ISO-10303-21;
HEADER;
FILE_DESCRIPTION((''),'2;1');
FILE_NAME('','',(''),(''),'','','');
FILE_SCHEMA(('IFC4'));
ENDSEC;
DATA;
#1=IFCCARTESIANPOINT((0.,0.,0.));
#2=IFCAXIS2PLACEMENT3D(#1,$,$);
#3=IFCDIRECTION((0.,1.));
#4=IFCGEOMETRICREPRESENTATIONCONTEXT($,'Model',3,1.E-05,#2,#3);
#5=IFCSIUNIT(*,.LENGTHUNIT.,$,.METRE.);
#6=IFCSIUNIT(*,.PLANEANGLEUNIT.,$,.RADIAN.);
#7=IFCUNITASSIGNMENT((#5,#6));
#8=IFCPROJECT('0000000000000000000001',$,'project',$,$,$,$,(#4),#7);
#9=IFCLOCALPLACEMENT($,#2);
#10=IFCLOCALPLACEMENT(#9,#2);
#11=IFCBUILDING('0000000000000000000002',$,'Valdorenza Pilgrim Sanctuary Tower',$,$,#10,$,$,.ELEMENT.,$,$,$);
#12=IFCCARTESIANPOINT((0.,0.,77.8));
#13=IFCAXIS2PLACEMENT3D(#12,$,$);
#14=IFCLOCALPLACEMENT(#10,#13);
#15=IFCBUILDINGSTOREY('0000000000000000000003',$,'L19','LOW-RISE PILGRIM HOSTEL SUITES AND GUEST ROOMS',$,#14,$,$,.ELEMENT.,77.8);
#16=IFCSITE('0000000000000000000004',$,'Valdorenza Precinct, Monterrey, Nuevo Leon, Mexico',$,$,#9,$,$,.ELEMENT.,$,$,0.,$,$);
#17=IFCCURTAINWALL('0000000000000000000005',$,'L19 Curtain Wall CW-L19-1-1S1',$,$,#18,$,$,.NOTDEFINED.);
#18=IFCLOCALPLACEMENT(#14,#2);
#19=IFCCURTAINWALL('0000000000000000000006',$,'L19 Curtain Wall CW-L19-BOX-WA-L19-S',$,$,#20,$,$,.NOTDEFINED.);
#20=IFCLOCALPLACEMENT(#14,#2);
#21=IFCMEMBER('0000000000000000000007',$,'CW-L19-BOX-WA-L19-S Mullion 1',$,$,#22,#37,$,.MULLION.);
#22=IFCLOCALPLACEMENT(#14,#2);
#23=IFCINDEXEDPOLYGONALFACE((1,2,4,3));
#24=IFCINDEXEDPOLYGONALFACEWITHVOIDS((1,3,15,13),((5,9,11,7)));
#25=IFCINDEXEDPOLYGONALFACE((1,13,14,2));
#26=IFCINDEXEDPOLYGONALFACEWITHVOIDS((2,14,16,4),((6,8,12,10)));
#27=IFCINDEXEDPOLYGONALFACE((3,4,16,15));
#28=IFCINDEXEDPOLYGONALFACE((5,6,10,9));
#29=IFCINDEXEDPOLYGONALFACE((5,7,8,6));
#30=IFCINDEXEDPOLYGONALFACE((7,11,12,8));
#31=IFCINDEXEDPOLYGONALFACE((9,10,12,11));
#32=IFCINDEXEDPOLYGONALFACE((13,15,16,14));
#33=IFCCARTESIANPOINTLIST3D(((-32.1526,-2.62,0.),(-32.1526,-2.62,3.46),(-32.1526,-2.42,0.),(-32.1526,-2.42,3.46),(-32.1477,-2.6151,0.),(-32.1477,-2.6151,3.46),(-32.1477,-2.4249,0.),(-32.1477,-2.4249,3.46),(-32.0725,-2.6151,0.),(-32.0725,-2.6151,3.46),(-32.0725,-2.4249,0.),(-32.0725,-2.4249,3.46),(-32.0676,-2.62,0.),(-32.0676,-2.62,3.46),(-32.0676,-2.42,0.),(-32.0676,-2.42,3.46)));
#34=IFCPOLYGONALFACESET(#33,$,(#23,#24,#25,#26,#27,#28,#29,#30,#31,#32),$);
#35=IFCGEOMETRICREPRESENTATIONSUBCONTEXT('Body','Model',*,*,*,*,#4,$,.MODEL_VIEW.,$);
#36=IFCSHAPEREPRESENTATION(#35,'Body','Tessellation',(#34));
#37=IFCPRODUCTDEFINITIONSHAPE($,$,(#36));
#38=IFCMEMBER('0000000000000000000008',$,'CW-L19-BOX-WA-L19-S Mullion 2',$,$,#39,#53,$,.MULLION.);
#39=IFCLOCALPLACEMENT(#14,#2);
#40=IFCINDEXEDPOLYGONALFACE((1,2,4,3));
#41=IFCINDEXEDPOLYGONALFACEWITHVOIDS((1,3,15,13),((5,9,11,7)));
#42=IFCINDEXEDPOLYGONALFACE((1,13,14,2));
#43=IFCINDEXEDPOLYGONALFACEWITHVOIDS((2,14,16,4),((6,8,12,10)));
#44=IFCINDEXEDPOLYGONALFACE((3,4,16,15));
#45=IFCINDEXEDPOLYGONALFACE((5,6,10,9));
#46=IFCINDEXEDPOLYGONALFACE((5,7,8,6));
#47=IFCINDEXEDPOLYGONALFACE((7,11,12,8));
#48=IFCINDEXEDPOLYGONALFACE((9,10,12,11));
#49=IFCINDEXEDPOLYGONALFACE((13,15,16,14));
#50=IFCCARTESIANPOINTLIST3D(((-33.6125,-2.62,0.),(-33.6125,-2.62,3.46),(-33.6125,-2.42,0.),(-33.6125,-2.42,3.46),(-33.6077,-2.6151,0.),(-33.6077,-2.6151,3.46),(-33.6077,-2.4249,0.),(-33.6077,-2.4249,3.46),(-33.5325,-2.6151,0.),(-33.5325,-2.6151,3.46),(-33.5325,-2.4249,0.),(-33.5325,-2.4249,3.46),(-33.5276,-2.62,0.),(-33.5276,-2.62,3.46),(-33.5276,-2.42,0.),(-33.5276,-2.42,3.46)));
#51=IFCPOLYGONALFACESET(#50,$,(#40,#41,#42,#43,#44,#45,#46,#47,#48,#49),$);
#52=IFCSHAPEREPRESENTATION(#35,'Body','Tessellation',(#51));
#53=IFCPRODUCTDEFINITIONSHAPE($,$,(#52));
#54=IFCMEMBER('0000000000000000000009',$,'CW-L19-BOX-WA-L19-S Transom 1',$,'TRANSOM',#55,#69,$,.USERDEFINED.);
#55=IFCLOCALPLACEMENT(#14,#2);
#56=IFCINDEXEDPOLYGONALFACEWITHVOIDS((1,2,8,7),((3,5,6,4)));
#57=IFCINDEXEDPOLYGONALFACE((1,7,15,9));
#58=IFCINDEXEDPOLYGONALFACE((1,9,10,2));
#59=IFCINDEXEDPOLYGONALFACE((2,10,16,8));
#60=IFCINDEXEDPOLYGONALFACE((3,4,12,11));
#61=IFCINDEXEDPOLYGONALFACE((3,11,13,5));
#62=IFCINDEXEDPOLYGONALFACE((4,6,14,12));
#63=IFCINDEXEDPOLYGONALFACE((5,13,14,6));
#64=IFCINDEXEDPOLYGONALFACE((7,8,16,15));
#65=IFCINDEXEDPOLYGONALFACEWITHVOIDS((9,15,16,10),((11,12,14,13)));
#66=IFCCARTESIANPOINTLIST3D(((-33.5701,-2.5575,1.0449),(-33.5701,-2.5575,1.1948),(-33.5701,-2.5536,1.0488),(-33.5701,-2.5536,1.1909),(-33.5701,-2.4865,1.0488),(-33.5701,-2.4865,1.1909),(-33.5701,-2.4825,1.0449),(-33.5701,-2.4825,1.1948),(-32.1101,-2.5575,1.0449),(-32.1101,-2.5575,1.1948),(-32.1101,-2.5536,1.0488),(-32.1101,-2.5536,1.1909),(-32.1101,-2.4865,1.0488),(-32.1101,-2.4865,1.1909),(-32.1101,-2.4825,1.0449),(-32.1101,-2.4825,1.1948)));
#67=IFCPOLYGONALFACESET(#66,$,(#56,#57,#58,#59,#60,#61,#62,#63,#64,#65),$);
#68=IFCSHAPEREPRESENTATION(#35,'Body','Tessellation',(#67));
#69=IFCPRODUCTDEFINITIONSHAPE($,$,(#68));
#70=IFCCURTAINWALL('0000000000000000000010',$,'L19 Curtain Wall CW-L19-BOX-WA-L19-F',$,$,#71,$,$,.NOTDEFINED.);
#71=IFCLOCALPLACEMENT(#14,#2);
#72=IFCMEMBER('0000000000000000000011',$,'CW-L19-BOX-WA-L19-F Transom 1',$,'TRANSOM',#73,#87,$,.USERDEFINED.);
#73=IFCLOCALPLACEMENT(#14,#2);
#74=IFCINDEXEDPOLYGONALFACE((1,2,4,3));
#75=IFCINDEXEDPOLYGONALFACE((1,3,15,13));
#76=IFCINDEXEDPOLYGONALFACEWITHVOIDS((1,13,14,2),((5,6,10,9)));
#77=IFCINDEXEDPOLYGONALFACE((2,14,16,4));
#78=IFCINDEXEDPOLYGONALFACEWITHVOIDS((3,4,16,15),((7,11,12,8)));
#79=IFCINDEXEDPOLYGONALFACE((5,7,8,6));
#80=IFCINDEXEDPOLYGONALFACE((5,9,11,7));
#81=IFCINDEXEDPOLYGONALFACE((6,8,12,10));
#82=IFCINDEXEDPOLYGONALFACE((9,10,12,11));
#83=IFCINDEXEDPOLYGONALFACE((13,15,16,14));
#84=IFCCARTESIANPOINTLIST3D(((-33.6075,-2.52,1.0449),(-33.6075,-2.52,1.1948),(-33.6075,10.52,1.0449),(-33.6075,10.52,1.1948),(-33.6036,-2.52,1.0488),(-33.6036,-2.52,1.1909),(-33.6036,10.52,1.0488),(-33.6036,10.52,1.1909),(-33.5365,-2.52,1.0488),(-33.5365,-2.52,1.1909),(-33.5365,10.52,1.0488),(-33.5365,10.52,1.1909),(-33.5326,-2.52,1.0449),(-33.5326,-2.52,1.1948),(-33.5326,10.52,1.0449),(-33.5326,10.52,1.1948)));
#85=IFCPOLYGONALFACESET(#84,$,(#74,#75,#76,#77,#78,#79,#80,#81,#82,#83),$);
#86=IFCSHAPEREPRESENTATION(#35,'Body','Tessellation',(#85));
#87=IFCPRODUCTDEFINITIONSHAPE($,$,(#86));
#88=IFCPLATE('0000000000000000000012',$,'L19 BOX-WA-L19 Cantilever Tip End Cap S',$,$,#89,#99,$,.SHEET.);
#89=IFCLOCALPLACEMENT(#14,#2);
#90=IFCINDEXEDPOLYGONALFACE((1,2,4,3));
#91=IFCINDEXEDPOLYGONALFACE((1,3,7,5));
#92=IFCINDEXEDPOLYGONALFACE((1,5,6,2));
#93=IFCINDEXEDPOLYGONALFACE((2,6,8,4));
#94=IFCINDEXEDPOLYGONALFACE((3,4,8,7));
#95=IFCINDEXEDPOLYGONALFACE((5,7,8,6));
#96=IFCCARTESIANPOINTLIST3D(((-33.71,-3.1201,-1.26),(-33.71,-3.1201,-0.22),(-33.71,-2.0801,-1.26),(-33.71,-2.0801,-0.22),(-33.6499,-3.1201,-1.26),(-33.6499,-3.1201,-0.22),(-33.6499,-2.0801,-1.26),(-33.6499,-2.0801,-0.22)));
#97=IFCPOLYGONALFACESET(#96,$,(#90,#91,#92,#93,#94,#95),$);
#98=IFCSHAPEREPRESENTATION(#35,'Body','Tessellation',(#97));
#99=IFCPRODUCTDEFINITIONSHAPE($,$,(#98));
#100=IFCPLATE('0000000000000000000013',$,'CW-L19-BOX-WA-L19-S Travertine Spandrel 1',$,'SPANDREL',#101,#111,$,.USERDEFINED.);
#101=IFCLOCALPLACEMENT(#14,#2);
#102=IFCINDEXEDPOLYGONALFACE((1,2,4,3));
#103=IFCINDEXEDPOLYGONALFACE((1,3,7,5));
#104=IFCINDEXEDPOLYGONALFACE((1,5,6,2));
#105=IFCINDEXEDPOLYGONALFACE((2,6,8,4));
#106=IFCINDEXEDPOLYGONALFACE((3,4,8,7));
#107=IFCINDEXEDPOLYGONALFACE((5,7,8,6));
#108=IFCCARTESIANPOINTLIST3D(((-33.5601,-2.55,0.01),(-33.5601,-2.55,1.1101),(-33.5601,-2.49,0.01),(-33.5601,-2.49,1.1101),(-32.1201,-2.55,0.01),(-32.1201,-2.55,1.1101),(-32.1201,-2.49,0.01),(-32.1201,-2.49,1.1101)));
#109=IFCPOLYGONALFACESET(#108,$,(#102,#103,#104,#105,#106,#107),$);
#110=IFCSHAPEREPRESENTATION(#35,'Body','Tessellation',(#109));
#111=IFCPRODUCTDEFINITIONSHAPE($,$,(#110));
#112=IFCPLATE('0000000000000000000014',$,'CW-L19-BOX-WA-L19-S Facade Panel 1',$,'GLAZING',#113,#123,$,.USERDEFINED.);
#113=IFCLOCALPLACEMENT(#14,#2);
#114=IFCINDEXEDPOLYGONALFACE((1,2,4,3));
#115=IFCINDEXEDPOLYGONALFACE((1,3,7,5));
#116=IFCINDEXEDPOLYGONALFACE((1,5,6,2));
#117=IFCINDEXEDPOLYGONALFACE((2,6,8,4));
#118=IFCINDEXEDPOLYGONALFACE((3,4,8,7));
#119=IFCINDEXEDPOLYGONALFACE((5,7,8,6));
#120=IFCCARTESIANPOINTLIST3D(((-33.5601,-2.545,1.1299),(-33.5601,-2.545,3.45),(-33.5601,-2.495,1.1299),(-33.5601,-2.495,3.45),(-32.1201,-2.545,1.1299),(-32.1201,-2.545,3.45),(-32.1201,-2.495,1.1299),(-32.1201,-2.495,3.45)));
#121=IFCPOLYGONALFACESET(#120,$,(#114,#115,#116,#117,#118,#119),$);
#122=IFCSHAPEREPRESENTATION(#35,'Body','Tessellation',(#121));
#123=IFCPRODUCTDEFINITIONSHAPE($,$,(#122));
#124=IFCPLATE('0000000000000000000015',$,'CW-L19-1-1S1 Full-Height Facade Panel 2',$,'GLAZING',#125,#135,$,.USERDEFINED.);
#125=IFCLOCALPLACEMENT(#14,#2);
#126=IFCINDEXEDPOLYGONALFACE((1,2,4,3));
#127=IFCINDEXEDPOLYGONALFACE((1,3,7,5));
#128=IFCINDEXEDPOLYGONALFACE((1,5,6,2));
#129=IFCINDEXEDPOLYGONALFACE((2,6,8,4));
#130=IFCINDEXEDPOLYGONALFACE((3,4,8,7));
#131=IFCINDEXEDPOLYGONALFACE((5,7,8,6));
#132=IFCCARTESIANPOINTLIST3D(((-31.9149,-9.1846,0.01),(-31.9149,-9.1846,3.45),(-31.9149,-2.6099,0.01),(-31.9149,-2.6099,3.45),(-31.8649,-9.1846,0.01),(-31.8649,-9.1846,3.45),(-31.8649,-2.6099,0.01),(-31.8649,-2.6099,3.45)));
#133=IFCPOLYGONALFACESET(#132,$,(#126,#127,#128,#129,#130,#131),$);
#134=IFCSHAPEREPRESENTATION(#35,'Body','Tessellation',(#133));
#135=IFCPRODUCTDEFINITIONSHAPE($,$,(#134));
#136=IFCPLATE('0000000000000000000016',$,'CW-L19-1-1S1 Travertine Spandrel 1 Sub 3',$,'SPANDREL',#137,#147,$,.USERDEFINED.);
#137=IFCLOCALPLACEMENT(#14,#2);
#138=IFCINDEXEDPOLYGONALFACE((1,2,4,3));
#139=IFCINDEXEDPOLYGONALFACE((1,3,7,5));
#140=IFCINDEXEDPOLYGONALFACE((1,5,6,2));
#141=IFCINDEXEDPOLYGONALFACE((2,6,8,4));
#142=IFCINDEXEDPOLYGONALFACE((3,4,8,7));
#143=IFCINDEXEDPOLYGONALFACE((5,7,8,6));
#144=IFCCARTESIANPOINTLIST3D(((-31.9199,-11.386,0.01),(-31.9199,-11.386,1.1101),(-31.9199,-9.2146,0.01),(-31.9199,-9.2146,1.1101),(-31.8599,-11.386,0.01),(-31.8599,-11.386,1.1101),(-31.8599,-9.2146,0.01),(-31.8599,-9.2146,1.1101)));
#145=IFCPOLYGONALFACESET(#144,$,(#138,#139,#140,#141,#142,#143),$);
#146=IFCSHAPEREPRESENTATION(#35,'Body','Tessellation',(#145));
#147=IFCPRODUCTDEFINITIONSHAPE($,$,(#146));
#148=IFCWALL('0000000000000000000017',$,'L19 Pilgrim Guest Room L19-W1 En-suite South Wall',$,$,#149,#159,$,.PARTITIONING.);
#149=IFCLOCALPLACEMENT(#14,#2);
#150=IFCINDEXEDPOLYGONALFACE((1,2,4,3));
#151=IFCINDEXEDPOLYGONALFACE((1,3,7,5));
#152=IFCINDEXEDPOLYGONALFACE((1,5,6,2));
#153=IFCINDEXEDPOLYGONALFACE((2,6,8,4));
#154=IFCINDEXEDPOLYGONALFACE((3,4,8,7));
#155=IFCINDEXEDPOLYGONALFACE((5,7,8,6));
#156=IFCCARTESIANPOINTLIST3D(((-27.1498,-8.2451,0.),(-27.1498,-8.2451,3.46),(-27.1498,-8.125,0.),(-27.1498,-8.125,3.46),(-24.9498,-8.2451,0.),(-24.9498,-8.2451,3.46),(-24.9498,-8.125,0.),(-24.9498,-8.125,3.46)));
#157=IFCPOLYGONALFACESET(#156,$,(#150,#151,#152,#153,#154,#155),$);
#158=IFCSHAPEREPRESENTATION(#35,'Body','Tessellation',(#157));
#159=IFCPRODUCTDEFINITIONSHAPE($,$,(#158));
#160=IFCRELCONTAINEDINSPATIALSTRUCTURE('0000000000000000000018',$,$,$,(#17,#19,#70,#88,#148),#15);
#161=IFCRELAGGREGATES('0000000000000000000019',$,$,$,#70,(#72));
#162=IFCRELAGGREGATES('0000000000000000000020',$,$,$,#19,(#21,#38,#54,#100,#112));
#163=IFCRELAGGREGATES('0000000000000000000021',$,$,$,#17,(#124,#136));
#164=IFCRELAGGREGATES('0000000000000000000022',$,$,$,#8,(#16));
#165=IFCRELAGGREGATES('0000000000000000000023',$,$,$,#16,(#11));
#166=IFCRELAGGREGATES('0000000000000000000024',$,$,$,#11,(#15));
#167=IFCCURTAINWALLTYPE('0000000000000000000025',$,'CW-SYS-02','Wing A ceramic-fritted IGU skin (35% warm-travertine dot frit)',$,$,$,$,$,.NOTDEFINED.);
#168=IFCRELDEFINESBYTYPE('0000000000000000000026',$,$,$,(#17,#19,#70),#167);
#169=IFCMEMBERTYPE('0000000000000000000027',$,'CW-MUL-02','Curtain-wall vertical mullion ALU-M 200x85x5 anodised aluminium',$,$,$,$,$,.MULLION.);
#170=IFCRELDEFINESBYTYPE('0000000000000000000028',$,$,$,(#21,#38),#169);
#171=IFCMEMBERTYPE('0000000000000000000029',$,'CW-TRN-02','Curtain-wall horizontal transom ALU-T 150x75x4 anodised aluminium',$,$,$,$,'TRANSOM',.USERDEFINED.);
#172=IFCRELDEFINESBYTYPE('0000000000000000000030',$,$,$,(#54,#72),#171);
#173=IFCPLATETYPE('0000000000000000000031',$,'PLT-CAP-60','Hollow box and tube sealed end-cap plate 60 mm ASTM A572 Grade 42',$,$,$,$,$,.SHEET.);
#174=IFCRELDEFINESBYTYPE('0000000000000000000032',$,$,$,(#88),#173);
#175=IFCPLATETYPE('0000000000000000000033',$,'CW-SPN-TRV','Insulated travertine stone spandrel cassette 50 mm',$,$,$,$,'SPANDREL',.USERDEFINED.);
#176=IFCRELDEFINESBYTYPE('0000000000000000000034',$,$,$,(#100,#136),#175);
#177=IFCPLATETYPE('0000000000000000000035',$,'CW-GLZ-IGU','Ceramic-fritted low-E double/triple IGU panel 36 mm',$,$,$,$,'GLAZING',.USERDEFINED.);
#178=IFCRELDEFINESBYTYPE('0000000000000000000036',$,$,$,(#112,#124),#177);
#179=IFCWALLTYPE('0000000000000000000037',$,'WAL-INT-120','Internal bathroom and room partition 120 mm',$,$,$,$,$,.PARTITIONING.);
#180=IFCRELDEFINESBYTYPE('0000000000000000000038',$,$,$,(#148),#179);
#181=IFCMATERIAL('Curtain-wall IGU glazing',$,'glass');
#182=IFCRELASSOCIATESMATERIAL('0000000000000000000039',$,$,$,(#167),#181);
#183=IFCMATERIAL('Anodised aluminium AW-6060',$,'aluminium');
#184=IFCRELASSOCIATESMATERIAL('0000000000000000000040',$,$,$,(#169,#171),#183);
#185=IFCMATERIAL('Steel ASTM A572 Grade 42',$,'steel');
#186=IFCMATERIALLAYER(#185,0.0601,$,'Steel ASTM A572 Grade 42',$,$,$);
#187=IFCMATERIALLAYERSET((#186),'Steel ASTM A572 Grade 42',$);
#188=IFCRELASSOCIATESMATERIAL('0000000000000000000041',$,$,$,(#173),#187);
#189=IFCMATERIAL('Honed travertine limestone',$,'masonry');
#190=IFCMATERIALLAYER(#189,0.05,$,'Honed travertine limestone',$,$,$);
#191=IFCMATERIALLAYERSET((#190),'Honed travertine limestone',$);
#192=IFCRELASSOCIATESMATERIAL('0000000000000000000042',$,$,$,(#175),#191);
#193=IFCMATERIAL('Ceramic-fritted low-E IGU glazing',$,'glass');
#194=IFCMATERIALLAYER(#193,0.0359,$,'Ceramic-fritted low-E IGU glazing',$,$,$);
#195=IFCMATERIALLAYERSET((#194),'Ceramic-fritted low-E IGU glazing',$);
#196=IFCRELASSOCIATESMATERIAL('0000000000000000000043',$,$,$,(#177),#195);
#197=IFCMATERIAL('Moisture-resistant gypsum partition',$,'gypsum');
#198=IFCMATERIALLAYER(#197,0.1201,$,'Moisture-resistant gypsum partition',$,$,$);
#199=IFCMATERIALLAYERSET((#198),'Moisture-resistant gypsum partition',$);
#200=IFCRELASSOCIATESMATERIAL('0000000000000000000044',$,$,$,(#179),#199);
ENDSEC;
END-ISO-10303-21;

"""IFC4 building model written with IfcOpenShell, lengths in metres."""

from ifc_helpers import new_model, si_unit, direction, frame, frame_2d, origin, origin_2d, place, context, subcontext, project, spatial, rectangle, hollow_rectangle, extrude, source, transform, mapped, material, layer, layer_set, material_profile, profile_set, type_object, element, aggregate, save


model = new_model("IFC4")

# Units and contexts
model_context = context("Model", 3, precision=1e-05, world=origin(), true_north=direction((0.0, 1.0)))
body_context = subcontext(model_context, "Body", "Model", "MODEL_VIEW")
ifc_project = project(units=[si_unit("LENGTHUNIT", "METRE"), si_unit("PLANEANGLEUNIT", "RADIAN")], contexts=[model_context])

# Site, building, storey
site_placement = place(None, origin())
site = spatial("IfcSite", under=ifc_project, at=site_placement, Name="Valdorenza Precinct, Monterrey, Nuevo Leon, Mexico", CompositionType="ELEMENT", RefElevation=0.0)
building_placement = place(site_placement, origin())
building = spatial("IfcBuilding", under=site, at=building_placement, Name="Valdorenza Pilgrim Sanctuary Tower", CompositionType="ELEMENT")
storey_placement = place(building_placement, frame((0.0, 0.0, 77.8)))
storey = spatial("IfcBuildingStorey", under=building, at=storey_placement, Name="L19", Description="LOW-RISE PILGRIM HOSTEL SUITES AND GUEST ROOMS", CompositionType="ELEMENT", Elevation=77.8)

# Shared definitions
ifc_material_1 = material(Name="Steel ASTM A572 Grade 42", Category="steel")

# Curtain walls, members
ifc_material_2 = material(Name="Curtain-wall IGU glazing", Category="glass")
curtain_wall_type = type_object("IfcCurtainWallType", Name="CW-SYS-02", Description="Wing A ceramic-fritted IGU skin (35% warm-travertine dot frit)", PredefinedType="NOTDEFINED", material=ifc_material_2)
curtain_wall_1_placement = place(storey_placement, origin())
curtain_wall_1 = element("IfcCurtainWall", 1, at=curtain_wall_1_placement, inside=storey, type_object=curtain_wall_type, Name="L19 Curtain Wall CW-L19-1-1S1", PredefinedType="NOTDEFINED")
ifc_material_3 = material(Name="Anodised aluminium AW-6060", Category="aluminium")
ifc_material_profile_1 = material_profile(ifc_material_3, hollow_rectangle(XDim=0.085, YDim=0.2, WallThickness=0.0049, at=origin_2d()), Name="ALU-M 200x85x5")
ifc_profile_set_1 = profile_set([ifc_material_profile_1], Name="Anodised aluminium AW-6060")
member_type_1 = type_object("IfcMemberType", Name="CW-MUL-02", Description="Curtain-wall vertical mullion ALU-M 200x85x5 anodised aluminium", PredefinedType="MULLION", material=ifc_profile_set_1)
shared_shape_1 = source(origin(), body_context, "Body", "SweptSolid", [
    extrude(hollow_rectangle(XDim=0.085, YDim=0.2, WallThickness=0.0049, at=origin_2d()), origin(), (0.0, 0.0, 1.0), 3.46),
])
curtain_wall_2_placement = place(storey_placement, origin())
curtain_wall_2 = element("IfcCurtainWall", 2, at=curtain_wall_2_placement, inside=storey, type_object=curtain_wall_type, Name="L19 Curtain Wall CW-L19-BOX-WA-L19-S", PredefinedType="NOTDEFINED")
member_1_placement = place(storey_placement, frame((-32.1101, -2.52, 0.0), z_axis=(0.0, 0.0, 1.0), x_axis=(-1.0, 0.0, 0.0)))
member_1 = element("IfcMember", 3, at=member_1_placement, type_object=member_type_1, Name="CW-L19-BOX-WA-L19-S Mullion 1", PredefinedType="MULLION", context=body_context, shape_type="MappedRepresentation", body=[
    mapped(shared_shape_1, transform((0.0, 0.0, 0.0), x_axis=(1.0, 0.0, 0.0), y_axis=(0.0, 1.0, 0.0), z_axis=(0.0, 0.0, 1.0), scale=1.0)),
])
member_2_placement = place(storey_placement, frame((-33.5701, -2.52, 0.0), z_axis=(0.0, 0.0, 1.0), x_axis=(-1.0, 0.0, 0.0)))
member_2 = element("IfcMember", 4, at=member_2_placement, type_object=member_type_1, Name="CW-L19-BOX-WA-L19-S Mullion 2", PredefinedType="MULLION", context=body_context, shape_type="MappedRepresentation", body=[
    mapped(shared_shape_1, transform((0.0, 0.0, 0.0), x_axis=(1.0, 0.0, 0.0), y_axis=(0.0, 1.0, 0.0), z_axis=(0.0, 0.0, 1.0), scale=1.0)),
])
ifc_material_profile_2 = material_profile(ifc_material_3, hollow_rectangle(XDim=0.075, YDim=0.1499, WallThickness=0.0039, at=origin_2d()), Name="ALU-T 150x75x4")
ifc_profile_set_2 = profile_set([ifc_material_profile_2], Name="Anodised aluminium AW-6060")
member_type_2 = type_object("IfcMemberType", Name="CW-TRN-02", Description="Curtain-wall horizontal transom ALU-T 150x75x4 anodised aluminium", ElementType="TRANSOM", PredefinedType="USERDEFINED", material=ifc_profile_set_2)
shared_shape_2 = source(origin(), body_context, "Body", "SweptSolid", [
    extrude(hollow_rectangle(XDim=0.075, YDim=0.1499, WallThickness=0.0039, at=origin_2d()), origin(), (0.0, 0.0, 1.0), 1.46),
])
member_3_placement = place(storey_placement, frame((-32.1101, -2.52, 1.1199), z_axis=(-1.0, 0.0, 0.0), x_axis=(0.0, -1.0, 0.0)))
member_3 = element("IfcMember", 5, at=member_3_placement, type_object=member_type_2, Name="CW-L19-BOX-WA-L19-S Transom 1", ObjectType="TRANSOM", PredefinedType="USERDEFINED", context=body_context, shape_type="MappedRepresentation", body=[
    mapped(shared_shape_2, transform((0.0, 0.0, 0.0), x_axis=(1.0, 0.0, 0.0), y_axis=(0.0, 1.0, 0.0), z_axis=(0.0, 0.0, 1.0), scale=1.0)),
])

# Curtain wall, member
curtain_wall_3_placement = place(storey_placement, origin())
curtain_wall_3 = element("IfcCurtainWall", 6, at=curtain_wall_3_placement, inside=storey, type_object=curtain_wall_type, Name="L19 Curtain Wall CW-L19-BOX-WA-L19-F", PredefinedType="NOTDEFINED")
shared_shape_3 = source(origin(), body_context, "Body", "SweptSolid", [
    extrude(hollow_rectangle(XDim=0.075, YDim=0.1499, WallThickness=0.0039, at=origin_2d()), origin(), (0.0, 0.0, 1.0), 13.04),
])
member_4_placement = place(storey_placement, frame((-33.5701, -2.52, 1.1199), z_axis=(0.0, 1.0, 0.0), x_axis=(-1.0, 0.0, 0.0)))
member_4 = element("IfcMember", 7, at=member_4_placement, type_object=member_type_2, Name="CW-L19-BOX-WA-L19-F Transom 1", ObjectType="TRANSOM", PredefinedType="USERDEFINED", context=body_context, shape_type="MappedRepresentation", body=[
    mapped(shared_shape_3, transform((0.0, 0.0, 0.0), x_axis=(1.0, 0.0, 0.0), y_axis=(0.0, 1.0, 0.0), z_axis=(0.0, 0.0, 1.0), scale=1.0)),
])
aggregate(curtain_wall_3, [member_4])

# Plates
ifc_layer_1 = layer(ifc_material_1, 0.0601, Name="Steel ASTM A572 Grade 42")
ifc_layer_set_1 = layer_set([ifc_layer_1], Name="Steel ASTM A572 Grade 42")
plate_type_1 = type_object("IfcPlateType", Name="PLT-CAP-60", Description="Hollow box and tube sealed end-cap plate 60 mm ASTM A572 Grade 42", PredefinedType="SHEET", material=ifc_layer_set_1)
shared_shape_4 = source(origin(), body_context, "Body", "SweptSolid", [
    extrude(rectangle(XDim=0.0601, YDim=1.04, at=origin_2d()), origin(), (0.0, 0.0, 1.0), 1.04),
])
plate_1_placement = place(storey_placement, frame((-33.6799, -2.6001, -1.26), z_axis=(0.0, 0.0, 1.0), x_axis=(1.0, 0.0, 0.0)))
element("IfcPlate", 8, at=plate_1_placement, inside=storey, type_object=plate_type_1, Name="L19 BOX-WA-L19 Cantilever Tip End Cap S", PredefinedType="SHEET", context=body_context, shape_type="MappedRepresentation", body=[
    mapped(shared_shape_4, transform((0.0, 0.0, 0.0), x_axis=(1.0, 0.0, 0.0), y_axis=(0.0, 1.0, 0.0), z_axis=(0.0, 0.0, 1.0), scale=1.0)),
])
ifc_material_4 = material(Name="Honed travertine limestone", Category="masonry")
ifc_layer_2 = layer(ifc_material_4, 0.05, Name="Honed travertine limestone")
ifc_layer_set_2 = layer_set([ifc_layer_2], Name="Honed travertine limestone")
plate_type_2 = type_object("IfcPlateType", Name="CW-SPN-TRV", Description="Insulated travertine stone spandrel cassette 50 mm", ElementType="SPANDREL", PredefinedType="USERDEFINED", material=ifc_layer_set_2)
shared_shape_5 = source(origin(), body_context, "Body", "SweptSolid", [
    extrude(rectangle(XDim=1.4399, YDim=0.0601, at=origin_2d()), origin(), (0.0, 0.0, 1.0), 1.1001),
])
plate_2_placement = place(storey_placement, frame((-32.8401, -2.52, 0.01), z_axis=(0.0, 0.0, 1.0), x_axis=(-1.0, 0.0, 0.0)))
plate_2 = element("IfcPlate", 9, at=plate_2_placement, type_object=plate_type_2, Name="CW-L19-BOX-WA-L19-S Travertine Spandrel 1", ObjectType="SPANDREL", PredefinedType="USERDEFINED", context=body_context, shape_type="MappedRepresentation", body=[
    mapped(shared_shape_5, transform((0.0, 0.0, 0.0), x_axis=(1.0, 0.0, 0.0), y_axis=(0.0, 1.0, 0.0), z_axis=(0.0, 0.0, 1.0), scale=1.0)),
])
ifc_material_5 = material(Name="Ceramic-fritted low-E IGU glazing", Category="glass")
ifc_layer_3 = layer(ifc_material_5, 0.0359, Name="Ceramic-fritted low-E IGU glazing")
ifc_layer_set_3 = layer_set([ifc_layer_3], Name="Ceramic-fritted low-E IGU glazing")
plate_type_3 = type_object("IfcPlateType", Name="CW-GLZ-IGU", Description="Ceramic-fritted low-E double/triple IGU panel 36 mm", ElementType="GLAZING", PredefinedType="USERDEFINED", material=ifc_layer_set_3)
shared_shape_6 = source(origin(), body_context, "Body", "SweptSolid", [
    extrude(rectangle(XDim=1.4399, YDim=0.05, at=origin_2d()), origin(), (0.0, 0.0, 1.0), 2.3201),
])
plate_3_placement = place(storey_placement, frame((-32.8401, -2.52, 1.1299), z_axis=(0.0, 0.0, 1.0), x_axis=(-1.0, 0.0, 0.0)))
plate_3 = element("IfcPlate", 10, at=plate_3_placement, type_object=plate_type_3, Name="CW-L19-BOX-WA-L19-S Facade Panel 1", ObjectType="GLAZING", PredefinedType="USERDEFINED", context=body_context, shape_type="MappedRepresentation", body=[
    mapped(shared_shape_6, transform((0.0, 0.0, 0.0), x_axis=(1.0, 0.0, 0.0), y_axis=(0.0, 1.0, 0.0), z_axis=(0.0, 0.0, 1.0), scale=1.0)),
])
aggregate(curtain_wall_2, [member_1, member_2, member_3, plate_2, plate_3])
shared_shape_7 = source(origin(), body_context, "Body", "SweptSolid", [
    extrude(rectangle(XDim=6.5747, YDim=0.05, at=origin_2d()), origin(), (0.0, 0.0, 1.0), 3.4399),
])
plate_4_placement = place(storey_placement, frame((-31.8899, -5.8972, 0.01), z_axis=(0.0, 0.0, 1.0), x_axis=(0.0, 1.0, 0.0)))
plate_4 = element("IfcPlate", 11, at=plate_4_placement, type_object=plate_type_3, Name="CW-L19-1-1S1 Full-Height Facade Panel 2", ObjectType="GLAZING", PredefinedType="USERDEFINED", context=body_context, shape_type="MappedRepresentation", body=[
    mapped(shared_shape_7, transform((0.0, 0.0, 0.0), x_axis=(1.0, 0.0, 0.0), y_axis=(0.0, 1.0, 0.0), z_axis=(0.0, 0.0, 1.0), scale=1.0)),
])
shared_shape_8 = source(origin(), body_context, "Body", "SweptSolid", [
    extrude(rectangle(XDim=2.1714, YDim=0.0601, at=origin_2d()), origin(), (0.0, 0.0, 1.0), 1.1001),
])
plate_5_placement = place(storey_placement, frame((-31.8899, -10.3003, 0.01), z_axis=(0.0, 0.0, 1.0), x_axis=(0.0, 1.0, 0.0)))
plate_5 = element("IfcPlate", 12, at=plate_5_placement, type_object=plate_type_2, Name="CW-L19-1-1S1 Travertine Spandrel 1 Sub 3", ObjectType="SPANDREL", PredefinedType="USERDEFINED", context=body_context, shape_type="MappedRepresentation", body=[
    mapped(shared_shape_8, transform((0.0, 0.0, 0.0), x_axis=(1.0, 0.0, 0.0), y_axis=(0.0, 1.0, 0.0), z_axis=(0.0, 0.0, 1.0), scale=1.0)),
])
aggregate(curtain_wall_1, [plate_4, plate_5])

# Wall
ifc_material_6 = material(Name="Moisture-resistant gypsum partition", Category="gypsum")
ifc_layer_4 = layer(ifc_material_6, 0.1201, Name="Moisture-resistant gypsum partition")
ifc_layer_set_4 = layer_set([ifc_layer_4], Name="Moisture-resistant gypsum partition")
wall_type_1 = type_object("IfcWallType", Name="WAL-INT-120", Description="Internal bathroom and room partition 120 mm", PredefinedType="PARTITIONING", material=ifc_layer_set_4)
wall_1_placement = place(storey_placement, frame((-27.1499, -8.1851, 0.0), z_axis=(0.0, 0.0, 1.0), x_axis=(1.0, 0.0, 0.0)))
element("IfcWall", 13, at=wall_1_placement, inside=storey, type_object=wall_type_1, Name="L19 Pilgrim Guest Room L19-W1 En-suite South Wall", PredefinedType="PARTITIONING", context=body_context, shape_type="SweptSolid", body=[
    extrude(rectangle(XDim=2.2, YDim=0.1201, at=frame_2d((1.1001, 0.0))), origin(), (0.0, 0.0, 1.0), 3.46),
])

save(model, "model.ifc")
